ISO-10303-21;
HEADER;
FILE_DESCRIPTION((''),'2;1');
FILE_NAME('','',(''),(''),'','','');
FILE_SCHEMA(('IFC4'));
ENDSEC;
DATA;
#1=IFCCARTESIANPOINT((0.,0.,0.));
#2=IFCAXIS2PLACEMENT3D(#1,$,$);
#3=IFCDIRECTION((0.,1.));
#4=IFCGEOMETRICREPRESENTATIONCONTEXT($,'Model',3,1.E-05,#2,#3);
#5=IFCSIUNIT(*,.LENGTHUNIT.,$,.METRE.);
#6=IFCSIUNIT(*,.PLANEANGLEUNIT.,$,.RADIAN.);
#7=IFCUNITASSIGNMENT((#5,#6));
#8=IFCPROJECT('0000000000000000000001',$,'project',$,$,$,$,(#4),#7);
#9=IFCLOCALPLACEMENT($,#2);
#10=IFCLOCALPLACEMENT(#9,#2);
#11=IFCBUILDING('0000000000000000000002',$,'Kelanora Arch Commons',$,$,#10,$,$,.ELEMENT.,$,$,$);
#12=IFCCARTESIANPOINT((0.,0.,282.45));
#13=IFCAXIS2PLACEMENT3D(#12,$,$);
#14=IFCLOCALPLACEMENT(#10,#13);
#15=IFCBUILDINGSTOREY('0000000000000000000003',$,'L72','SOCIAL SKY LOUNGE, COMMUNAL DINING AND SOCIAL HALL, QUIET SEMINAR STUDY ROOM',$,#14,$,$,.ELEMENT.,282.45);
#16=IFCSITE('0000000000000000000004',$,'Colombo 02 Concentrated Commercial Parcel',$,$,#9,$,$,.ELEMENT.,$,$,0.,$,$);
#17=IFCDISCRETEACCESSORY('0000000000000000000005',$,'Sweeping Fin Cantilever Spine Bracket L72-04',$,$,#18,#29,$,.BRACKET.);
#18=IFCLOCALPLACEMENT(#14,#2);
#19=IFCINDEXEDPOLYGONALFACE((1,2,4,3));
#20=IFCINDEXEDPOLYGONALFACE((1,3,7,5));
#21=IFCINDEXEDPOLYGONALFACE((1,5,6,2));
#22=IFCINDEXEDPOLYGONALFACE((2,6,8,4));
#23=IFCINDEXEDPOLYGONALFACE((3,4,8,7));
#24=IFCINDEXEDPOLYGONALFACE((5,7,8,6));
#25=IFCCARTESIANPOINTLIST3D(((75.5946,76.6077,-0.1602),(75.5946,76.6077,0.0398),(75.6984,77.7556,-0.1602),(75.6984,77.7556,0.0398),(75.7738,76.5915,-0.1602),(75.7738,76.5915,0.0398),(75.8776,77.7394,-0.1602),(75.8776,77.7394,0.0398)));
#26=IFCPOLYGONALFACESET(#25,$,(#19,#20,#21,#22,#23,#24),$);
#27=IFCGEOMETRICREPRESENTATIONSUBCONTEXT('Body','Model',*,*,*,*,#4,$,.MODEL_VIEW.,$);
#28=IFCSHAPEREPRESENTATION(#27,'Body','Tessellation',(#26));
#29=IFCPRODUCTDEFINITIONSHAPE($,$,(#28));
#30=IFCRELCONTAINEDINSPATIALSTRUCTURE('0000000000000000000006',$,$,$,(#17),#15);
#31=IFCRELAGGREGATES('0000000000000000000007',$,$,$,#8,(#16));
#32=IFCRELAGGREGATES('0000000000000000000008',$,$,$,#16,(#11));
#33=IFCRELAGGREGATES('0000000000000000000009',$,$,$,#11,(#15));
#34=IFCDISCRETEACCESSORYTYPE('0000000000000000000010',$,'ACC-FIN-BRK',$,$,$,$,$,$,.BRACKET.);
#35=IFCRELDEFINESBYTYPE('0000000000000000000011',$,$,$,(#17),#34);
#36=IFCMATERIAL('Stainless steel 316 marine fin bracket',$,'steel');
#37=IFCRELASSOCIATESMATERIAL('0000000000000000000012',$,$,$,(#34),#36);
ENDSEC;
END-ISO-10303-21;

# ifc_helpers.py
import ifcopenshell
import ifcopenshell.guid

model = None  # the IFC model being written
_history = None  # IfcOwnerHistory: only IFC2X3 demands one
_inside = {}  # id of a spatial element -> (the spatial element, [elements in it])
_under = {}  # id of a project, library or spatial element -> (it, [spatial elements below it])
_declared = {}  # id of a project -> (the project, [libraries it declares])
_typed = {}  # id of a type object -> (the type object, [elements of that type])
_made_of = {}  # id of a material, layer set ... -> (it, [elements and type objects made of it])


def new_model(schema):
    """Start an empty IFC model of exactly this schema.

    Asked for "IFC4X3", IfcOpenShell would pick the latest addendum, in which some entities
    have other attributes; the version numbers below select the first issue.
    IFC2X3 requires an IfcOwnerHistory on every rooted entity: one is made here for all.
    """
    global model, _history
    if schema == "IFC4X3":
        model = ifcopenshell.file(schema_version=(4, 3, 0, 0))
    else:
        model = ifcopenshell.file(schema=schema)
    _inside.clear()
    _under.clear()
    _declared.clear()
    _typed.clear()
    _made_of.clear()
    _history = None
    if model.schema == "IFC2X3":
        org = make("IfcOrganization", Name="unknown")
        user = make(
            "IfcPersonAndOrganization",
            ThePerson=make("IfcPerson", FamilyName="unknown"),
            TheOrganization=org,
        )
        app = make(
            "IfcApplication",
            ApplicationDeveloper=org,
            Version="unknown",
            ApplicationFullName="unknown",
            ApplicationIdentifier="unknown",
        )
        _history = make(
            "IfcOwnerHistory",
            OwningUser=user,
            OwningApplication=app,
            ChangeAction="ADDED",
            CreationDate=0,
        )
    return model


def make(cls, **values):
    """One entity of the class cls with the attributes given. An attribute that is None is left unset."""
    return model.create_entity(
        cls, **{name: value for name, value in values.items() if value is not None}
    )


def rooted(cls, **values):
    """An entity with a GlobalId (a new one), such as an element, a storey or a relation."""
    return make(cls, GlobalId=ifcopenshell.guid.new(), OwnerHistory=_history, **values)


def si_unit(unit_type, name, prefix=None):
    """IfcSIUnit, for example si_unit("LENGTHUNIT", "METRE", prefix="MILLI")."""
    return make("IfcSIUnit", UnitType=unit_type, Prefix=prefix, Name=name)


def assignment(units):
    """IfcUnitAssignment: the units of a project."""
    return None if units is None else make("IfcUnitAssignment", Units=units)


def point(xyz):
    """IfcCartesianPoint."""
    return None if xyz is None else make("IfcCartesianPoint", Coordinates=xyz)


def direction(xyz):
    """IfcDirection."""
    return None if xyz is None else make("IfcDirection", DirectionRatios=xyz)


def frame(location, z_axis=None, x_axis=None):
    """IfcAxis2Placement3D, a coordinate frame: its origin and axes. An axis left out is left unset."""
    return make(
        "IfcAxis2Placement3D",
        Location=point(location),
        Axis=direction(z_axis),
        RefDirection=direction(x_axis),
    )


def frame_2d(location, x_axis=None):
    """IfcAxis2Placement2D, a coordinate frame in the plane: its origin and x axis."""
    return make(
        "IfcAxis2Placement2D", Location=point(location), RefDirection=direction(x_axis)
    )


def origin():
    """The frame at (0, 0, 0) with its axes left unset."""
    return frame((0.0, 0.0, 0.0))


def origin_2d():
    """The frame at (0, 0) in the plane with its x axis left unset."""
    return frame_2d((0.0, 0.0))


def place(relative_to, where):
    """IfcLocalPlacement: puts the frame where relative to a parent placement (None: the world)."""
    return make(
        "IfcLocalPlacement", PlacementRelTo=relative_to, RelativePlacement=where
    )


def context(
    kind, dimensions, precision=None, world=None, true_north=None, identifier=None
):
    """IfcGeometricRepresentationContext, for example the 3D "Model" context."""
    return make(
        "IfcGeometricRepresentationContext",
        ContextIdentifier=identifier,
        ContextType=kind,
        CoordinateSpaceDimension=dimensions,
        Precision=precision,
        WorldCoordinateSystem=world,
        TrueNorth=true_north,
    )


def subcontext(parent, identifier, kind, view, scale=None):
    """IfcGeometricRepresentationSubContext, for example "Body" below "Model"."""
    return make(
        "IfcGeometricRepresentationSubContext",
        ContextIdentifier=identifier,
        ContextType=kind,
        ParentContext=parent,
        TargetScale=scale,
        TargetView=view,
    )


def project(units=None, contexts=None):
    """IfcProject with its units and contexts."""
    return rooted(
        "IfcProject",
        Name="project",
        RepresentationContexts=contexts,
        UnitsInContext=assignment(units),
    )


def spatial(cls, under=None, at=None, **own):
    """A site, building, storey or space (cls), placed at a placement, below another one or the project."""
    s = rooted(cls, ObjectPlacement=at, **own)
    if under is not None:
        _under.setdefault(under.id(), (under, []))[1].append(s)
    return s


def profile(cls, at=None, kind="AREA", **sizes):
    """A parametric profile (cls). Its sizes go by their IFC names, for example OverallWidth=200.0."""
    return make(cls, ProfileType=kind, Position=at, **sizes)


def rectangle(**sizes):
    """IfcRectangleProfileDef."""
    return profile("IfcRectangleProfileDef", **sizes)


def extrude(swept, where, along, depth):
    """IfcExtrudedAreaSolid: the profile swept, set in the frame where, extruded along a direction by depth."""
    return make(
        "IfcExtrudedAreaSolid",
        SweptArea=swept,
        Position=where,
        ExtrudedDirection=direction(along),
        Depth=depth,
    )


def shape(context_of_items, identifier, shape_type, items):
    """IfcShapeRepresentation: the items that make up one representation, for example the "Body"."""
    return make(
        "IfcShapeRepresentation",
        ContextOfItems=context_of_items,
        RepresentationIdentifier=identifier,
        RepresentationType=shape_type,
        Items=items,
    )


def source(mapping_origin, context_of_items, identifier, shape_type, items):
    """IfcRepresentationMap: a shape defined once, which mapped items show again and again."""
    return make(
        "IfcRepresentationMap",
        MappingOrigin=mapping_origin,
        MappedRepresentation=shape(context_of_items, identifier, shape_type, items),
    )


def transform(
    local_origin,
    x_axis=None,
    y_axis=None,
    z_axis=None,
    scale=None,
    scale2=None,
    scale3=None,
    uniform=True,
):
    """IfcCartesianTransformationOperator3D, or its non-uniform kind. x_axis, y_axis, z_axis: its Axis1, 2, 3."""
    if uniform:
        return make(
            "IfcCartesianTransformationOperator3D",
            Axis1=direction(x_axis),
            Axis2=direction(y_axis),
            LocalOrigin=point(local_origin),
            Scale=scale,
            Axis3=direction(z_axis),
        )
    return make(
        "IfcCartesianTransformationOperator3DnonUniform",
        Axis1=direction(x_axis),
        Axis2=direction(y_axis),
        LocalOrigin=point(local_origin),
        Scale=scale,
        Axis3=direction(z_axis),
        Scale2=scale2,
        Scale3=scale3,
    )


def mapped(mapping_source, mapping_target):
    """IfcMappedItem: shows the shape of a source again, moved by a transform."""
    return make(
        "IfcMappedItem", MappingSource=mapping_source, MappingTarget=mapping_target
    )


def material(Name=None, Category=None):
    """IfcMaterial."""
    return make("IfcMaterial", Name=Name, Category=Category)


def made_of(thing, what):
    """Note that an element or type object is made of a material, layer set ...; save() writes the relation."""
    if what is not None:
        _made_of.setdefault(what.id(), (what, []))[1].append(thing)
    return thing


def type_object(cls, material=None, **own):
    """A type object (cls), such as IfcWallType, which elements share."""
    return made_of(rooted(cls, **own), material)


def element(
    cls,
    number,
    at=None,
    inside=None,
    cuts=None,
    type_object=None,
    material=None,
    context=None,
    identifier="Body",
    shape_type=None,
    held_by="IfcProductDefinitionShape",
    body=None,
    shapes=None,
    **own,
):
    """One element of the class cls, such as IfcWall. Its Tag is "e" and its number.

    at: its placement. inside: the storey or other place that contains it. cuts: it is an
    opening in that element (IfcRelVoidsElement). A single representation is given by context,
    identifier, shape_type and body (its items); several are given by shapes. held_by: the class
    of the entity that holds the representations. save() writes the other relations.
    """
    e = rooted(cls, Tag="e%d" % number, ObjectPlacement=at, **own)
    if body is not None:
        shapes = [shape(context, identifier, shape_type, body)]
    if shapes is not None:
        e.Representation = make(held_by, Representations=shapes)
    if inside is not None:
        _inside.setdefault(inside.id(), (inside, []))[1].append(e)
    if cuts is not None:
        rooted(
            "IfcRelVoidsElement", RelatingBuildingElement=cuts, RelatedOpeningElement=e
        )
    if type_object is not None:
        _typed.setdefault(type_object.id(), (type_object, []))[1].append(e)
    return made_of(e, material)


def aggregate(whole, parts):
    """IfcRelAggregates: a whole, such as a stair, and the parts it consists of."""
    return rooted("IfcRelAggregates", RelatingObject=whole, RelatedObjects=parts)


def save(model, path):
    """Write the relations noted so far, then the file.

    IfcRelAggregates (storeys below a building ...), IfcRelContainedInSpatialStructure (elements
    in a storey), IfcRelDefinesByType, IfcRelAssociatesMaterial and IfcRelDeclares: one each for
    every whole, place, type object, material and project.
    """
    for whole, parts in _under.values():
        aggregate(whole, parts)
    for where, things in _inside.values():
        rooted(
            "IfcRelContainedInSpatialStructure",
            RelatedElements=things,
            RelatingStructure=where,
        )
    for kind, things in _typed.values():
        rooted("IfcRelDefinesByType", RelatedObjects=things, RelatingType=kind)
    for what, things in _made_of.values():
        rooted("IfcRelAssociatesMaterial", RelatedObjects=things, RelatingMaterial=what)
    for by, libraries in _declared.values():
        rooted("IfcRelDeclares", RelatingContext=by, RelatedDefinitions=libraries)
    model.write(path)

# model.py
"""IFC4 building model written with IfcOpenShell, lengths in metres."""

from ifc_helpers import new_model, si_unit, direction, frame, origin, origin_2d, place, context, subcontext, project, spatial, rectangle, extrude, source, transform, mapped, material, type_object, element, save


model = new_model("IFC4")

# Units and contexts
model_context = context("Model", 3, precision=1e-05, world=origin(), true_north=direction((0.0, 1.0)))
body_context = subcontext(model_context, "Body", "Model", "MODEL_VIEW")
ifc_project = project(units=[si_unit("LENGTHUNIT", "METRE"), si_unit("PLANEANGLEUNIT", "RADIAN")], contexts=[model_context])

# Site, building, storey
site_placement = place(None, origin())
site = spatial("IfcSite", under=ifc_project, at=site_placement, Name="Colombo 02 Concentrated Commercial Parcel", CompositionType="ELEMENT", RefElevation=0.0)
building_placement = place(site_placement, origin())
building = spatial("IfcBuilding", under=site, at=building_placement, Name="Kelanora Arch Commons", CompositionType="ELEMENT")
storey_placement = place(building_placement, frame((0.0, 0.0, 282.45)))
storey = spatial("IfcBuildingStorey", under=building, at=storey_placement, Name="L72", Description="SOCIAL SKY LOUNGE, COMMUNAL DINING AND SOCIAL HALL, QUIET SEMINAR STUDY ROOM", CompositionType="ELEMENT", Elevation=282.45)

# Discrete accessory
ifc_material_1 = material(Name="Stainless steel 316 marine fin bracket", Category="steel")
discrete_accessory_type = type_object("IfcDiscreteAccessoryType", Name="ACC-FIN-BRK", PredefinedType="BRACKET", material=ifc_material_1)
shared_shape_1 = source(origin(), body_context, "Body", "SweptSolid", [
    extrude(rectangle(XDim=1.1526, YDim=0.1799, at=origin_2d()), origin(), (0.0, 0.0, 1.0), 0.2),
])
discrete_accessory_placement = place(storey_placement, frame((75.7361, 77.1736, -0.1602), z_axis=(0.0, 0.0, 1.0), x_axis=(0.090111, 0.995932, 0.0)))
element("IfcDiscreteAccessory", 1, at=discrete_accessory_placement, inside=storey, type_object=discrete_accessory_type, Name="Sweeping Fin Cantilever Spine Bracket L72-04", PredefinedType="BRACKET", context=body_context, shape_type="MappedRepresentation", body=[
    mapped(shared_shape_1, transform((0.0, 0.0, 0.0), scale=1.0)),
])

save(model, "model.ifc")
